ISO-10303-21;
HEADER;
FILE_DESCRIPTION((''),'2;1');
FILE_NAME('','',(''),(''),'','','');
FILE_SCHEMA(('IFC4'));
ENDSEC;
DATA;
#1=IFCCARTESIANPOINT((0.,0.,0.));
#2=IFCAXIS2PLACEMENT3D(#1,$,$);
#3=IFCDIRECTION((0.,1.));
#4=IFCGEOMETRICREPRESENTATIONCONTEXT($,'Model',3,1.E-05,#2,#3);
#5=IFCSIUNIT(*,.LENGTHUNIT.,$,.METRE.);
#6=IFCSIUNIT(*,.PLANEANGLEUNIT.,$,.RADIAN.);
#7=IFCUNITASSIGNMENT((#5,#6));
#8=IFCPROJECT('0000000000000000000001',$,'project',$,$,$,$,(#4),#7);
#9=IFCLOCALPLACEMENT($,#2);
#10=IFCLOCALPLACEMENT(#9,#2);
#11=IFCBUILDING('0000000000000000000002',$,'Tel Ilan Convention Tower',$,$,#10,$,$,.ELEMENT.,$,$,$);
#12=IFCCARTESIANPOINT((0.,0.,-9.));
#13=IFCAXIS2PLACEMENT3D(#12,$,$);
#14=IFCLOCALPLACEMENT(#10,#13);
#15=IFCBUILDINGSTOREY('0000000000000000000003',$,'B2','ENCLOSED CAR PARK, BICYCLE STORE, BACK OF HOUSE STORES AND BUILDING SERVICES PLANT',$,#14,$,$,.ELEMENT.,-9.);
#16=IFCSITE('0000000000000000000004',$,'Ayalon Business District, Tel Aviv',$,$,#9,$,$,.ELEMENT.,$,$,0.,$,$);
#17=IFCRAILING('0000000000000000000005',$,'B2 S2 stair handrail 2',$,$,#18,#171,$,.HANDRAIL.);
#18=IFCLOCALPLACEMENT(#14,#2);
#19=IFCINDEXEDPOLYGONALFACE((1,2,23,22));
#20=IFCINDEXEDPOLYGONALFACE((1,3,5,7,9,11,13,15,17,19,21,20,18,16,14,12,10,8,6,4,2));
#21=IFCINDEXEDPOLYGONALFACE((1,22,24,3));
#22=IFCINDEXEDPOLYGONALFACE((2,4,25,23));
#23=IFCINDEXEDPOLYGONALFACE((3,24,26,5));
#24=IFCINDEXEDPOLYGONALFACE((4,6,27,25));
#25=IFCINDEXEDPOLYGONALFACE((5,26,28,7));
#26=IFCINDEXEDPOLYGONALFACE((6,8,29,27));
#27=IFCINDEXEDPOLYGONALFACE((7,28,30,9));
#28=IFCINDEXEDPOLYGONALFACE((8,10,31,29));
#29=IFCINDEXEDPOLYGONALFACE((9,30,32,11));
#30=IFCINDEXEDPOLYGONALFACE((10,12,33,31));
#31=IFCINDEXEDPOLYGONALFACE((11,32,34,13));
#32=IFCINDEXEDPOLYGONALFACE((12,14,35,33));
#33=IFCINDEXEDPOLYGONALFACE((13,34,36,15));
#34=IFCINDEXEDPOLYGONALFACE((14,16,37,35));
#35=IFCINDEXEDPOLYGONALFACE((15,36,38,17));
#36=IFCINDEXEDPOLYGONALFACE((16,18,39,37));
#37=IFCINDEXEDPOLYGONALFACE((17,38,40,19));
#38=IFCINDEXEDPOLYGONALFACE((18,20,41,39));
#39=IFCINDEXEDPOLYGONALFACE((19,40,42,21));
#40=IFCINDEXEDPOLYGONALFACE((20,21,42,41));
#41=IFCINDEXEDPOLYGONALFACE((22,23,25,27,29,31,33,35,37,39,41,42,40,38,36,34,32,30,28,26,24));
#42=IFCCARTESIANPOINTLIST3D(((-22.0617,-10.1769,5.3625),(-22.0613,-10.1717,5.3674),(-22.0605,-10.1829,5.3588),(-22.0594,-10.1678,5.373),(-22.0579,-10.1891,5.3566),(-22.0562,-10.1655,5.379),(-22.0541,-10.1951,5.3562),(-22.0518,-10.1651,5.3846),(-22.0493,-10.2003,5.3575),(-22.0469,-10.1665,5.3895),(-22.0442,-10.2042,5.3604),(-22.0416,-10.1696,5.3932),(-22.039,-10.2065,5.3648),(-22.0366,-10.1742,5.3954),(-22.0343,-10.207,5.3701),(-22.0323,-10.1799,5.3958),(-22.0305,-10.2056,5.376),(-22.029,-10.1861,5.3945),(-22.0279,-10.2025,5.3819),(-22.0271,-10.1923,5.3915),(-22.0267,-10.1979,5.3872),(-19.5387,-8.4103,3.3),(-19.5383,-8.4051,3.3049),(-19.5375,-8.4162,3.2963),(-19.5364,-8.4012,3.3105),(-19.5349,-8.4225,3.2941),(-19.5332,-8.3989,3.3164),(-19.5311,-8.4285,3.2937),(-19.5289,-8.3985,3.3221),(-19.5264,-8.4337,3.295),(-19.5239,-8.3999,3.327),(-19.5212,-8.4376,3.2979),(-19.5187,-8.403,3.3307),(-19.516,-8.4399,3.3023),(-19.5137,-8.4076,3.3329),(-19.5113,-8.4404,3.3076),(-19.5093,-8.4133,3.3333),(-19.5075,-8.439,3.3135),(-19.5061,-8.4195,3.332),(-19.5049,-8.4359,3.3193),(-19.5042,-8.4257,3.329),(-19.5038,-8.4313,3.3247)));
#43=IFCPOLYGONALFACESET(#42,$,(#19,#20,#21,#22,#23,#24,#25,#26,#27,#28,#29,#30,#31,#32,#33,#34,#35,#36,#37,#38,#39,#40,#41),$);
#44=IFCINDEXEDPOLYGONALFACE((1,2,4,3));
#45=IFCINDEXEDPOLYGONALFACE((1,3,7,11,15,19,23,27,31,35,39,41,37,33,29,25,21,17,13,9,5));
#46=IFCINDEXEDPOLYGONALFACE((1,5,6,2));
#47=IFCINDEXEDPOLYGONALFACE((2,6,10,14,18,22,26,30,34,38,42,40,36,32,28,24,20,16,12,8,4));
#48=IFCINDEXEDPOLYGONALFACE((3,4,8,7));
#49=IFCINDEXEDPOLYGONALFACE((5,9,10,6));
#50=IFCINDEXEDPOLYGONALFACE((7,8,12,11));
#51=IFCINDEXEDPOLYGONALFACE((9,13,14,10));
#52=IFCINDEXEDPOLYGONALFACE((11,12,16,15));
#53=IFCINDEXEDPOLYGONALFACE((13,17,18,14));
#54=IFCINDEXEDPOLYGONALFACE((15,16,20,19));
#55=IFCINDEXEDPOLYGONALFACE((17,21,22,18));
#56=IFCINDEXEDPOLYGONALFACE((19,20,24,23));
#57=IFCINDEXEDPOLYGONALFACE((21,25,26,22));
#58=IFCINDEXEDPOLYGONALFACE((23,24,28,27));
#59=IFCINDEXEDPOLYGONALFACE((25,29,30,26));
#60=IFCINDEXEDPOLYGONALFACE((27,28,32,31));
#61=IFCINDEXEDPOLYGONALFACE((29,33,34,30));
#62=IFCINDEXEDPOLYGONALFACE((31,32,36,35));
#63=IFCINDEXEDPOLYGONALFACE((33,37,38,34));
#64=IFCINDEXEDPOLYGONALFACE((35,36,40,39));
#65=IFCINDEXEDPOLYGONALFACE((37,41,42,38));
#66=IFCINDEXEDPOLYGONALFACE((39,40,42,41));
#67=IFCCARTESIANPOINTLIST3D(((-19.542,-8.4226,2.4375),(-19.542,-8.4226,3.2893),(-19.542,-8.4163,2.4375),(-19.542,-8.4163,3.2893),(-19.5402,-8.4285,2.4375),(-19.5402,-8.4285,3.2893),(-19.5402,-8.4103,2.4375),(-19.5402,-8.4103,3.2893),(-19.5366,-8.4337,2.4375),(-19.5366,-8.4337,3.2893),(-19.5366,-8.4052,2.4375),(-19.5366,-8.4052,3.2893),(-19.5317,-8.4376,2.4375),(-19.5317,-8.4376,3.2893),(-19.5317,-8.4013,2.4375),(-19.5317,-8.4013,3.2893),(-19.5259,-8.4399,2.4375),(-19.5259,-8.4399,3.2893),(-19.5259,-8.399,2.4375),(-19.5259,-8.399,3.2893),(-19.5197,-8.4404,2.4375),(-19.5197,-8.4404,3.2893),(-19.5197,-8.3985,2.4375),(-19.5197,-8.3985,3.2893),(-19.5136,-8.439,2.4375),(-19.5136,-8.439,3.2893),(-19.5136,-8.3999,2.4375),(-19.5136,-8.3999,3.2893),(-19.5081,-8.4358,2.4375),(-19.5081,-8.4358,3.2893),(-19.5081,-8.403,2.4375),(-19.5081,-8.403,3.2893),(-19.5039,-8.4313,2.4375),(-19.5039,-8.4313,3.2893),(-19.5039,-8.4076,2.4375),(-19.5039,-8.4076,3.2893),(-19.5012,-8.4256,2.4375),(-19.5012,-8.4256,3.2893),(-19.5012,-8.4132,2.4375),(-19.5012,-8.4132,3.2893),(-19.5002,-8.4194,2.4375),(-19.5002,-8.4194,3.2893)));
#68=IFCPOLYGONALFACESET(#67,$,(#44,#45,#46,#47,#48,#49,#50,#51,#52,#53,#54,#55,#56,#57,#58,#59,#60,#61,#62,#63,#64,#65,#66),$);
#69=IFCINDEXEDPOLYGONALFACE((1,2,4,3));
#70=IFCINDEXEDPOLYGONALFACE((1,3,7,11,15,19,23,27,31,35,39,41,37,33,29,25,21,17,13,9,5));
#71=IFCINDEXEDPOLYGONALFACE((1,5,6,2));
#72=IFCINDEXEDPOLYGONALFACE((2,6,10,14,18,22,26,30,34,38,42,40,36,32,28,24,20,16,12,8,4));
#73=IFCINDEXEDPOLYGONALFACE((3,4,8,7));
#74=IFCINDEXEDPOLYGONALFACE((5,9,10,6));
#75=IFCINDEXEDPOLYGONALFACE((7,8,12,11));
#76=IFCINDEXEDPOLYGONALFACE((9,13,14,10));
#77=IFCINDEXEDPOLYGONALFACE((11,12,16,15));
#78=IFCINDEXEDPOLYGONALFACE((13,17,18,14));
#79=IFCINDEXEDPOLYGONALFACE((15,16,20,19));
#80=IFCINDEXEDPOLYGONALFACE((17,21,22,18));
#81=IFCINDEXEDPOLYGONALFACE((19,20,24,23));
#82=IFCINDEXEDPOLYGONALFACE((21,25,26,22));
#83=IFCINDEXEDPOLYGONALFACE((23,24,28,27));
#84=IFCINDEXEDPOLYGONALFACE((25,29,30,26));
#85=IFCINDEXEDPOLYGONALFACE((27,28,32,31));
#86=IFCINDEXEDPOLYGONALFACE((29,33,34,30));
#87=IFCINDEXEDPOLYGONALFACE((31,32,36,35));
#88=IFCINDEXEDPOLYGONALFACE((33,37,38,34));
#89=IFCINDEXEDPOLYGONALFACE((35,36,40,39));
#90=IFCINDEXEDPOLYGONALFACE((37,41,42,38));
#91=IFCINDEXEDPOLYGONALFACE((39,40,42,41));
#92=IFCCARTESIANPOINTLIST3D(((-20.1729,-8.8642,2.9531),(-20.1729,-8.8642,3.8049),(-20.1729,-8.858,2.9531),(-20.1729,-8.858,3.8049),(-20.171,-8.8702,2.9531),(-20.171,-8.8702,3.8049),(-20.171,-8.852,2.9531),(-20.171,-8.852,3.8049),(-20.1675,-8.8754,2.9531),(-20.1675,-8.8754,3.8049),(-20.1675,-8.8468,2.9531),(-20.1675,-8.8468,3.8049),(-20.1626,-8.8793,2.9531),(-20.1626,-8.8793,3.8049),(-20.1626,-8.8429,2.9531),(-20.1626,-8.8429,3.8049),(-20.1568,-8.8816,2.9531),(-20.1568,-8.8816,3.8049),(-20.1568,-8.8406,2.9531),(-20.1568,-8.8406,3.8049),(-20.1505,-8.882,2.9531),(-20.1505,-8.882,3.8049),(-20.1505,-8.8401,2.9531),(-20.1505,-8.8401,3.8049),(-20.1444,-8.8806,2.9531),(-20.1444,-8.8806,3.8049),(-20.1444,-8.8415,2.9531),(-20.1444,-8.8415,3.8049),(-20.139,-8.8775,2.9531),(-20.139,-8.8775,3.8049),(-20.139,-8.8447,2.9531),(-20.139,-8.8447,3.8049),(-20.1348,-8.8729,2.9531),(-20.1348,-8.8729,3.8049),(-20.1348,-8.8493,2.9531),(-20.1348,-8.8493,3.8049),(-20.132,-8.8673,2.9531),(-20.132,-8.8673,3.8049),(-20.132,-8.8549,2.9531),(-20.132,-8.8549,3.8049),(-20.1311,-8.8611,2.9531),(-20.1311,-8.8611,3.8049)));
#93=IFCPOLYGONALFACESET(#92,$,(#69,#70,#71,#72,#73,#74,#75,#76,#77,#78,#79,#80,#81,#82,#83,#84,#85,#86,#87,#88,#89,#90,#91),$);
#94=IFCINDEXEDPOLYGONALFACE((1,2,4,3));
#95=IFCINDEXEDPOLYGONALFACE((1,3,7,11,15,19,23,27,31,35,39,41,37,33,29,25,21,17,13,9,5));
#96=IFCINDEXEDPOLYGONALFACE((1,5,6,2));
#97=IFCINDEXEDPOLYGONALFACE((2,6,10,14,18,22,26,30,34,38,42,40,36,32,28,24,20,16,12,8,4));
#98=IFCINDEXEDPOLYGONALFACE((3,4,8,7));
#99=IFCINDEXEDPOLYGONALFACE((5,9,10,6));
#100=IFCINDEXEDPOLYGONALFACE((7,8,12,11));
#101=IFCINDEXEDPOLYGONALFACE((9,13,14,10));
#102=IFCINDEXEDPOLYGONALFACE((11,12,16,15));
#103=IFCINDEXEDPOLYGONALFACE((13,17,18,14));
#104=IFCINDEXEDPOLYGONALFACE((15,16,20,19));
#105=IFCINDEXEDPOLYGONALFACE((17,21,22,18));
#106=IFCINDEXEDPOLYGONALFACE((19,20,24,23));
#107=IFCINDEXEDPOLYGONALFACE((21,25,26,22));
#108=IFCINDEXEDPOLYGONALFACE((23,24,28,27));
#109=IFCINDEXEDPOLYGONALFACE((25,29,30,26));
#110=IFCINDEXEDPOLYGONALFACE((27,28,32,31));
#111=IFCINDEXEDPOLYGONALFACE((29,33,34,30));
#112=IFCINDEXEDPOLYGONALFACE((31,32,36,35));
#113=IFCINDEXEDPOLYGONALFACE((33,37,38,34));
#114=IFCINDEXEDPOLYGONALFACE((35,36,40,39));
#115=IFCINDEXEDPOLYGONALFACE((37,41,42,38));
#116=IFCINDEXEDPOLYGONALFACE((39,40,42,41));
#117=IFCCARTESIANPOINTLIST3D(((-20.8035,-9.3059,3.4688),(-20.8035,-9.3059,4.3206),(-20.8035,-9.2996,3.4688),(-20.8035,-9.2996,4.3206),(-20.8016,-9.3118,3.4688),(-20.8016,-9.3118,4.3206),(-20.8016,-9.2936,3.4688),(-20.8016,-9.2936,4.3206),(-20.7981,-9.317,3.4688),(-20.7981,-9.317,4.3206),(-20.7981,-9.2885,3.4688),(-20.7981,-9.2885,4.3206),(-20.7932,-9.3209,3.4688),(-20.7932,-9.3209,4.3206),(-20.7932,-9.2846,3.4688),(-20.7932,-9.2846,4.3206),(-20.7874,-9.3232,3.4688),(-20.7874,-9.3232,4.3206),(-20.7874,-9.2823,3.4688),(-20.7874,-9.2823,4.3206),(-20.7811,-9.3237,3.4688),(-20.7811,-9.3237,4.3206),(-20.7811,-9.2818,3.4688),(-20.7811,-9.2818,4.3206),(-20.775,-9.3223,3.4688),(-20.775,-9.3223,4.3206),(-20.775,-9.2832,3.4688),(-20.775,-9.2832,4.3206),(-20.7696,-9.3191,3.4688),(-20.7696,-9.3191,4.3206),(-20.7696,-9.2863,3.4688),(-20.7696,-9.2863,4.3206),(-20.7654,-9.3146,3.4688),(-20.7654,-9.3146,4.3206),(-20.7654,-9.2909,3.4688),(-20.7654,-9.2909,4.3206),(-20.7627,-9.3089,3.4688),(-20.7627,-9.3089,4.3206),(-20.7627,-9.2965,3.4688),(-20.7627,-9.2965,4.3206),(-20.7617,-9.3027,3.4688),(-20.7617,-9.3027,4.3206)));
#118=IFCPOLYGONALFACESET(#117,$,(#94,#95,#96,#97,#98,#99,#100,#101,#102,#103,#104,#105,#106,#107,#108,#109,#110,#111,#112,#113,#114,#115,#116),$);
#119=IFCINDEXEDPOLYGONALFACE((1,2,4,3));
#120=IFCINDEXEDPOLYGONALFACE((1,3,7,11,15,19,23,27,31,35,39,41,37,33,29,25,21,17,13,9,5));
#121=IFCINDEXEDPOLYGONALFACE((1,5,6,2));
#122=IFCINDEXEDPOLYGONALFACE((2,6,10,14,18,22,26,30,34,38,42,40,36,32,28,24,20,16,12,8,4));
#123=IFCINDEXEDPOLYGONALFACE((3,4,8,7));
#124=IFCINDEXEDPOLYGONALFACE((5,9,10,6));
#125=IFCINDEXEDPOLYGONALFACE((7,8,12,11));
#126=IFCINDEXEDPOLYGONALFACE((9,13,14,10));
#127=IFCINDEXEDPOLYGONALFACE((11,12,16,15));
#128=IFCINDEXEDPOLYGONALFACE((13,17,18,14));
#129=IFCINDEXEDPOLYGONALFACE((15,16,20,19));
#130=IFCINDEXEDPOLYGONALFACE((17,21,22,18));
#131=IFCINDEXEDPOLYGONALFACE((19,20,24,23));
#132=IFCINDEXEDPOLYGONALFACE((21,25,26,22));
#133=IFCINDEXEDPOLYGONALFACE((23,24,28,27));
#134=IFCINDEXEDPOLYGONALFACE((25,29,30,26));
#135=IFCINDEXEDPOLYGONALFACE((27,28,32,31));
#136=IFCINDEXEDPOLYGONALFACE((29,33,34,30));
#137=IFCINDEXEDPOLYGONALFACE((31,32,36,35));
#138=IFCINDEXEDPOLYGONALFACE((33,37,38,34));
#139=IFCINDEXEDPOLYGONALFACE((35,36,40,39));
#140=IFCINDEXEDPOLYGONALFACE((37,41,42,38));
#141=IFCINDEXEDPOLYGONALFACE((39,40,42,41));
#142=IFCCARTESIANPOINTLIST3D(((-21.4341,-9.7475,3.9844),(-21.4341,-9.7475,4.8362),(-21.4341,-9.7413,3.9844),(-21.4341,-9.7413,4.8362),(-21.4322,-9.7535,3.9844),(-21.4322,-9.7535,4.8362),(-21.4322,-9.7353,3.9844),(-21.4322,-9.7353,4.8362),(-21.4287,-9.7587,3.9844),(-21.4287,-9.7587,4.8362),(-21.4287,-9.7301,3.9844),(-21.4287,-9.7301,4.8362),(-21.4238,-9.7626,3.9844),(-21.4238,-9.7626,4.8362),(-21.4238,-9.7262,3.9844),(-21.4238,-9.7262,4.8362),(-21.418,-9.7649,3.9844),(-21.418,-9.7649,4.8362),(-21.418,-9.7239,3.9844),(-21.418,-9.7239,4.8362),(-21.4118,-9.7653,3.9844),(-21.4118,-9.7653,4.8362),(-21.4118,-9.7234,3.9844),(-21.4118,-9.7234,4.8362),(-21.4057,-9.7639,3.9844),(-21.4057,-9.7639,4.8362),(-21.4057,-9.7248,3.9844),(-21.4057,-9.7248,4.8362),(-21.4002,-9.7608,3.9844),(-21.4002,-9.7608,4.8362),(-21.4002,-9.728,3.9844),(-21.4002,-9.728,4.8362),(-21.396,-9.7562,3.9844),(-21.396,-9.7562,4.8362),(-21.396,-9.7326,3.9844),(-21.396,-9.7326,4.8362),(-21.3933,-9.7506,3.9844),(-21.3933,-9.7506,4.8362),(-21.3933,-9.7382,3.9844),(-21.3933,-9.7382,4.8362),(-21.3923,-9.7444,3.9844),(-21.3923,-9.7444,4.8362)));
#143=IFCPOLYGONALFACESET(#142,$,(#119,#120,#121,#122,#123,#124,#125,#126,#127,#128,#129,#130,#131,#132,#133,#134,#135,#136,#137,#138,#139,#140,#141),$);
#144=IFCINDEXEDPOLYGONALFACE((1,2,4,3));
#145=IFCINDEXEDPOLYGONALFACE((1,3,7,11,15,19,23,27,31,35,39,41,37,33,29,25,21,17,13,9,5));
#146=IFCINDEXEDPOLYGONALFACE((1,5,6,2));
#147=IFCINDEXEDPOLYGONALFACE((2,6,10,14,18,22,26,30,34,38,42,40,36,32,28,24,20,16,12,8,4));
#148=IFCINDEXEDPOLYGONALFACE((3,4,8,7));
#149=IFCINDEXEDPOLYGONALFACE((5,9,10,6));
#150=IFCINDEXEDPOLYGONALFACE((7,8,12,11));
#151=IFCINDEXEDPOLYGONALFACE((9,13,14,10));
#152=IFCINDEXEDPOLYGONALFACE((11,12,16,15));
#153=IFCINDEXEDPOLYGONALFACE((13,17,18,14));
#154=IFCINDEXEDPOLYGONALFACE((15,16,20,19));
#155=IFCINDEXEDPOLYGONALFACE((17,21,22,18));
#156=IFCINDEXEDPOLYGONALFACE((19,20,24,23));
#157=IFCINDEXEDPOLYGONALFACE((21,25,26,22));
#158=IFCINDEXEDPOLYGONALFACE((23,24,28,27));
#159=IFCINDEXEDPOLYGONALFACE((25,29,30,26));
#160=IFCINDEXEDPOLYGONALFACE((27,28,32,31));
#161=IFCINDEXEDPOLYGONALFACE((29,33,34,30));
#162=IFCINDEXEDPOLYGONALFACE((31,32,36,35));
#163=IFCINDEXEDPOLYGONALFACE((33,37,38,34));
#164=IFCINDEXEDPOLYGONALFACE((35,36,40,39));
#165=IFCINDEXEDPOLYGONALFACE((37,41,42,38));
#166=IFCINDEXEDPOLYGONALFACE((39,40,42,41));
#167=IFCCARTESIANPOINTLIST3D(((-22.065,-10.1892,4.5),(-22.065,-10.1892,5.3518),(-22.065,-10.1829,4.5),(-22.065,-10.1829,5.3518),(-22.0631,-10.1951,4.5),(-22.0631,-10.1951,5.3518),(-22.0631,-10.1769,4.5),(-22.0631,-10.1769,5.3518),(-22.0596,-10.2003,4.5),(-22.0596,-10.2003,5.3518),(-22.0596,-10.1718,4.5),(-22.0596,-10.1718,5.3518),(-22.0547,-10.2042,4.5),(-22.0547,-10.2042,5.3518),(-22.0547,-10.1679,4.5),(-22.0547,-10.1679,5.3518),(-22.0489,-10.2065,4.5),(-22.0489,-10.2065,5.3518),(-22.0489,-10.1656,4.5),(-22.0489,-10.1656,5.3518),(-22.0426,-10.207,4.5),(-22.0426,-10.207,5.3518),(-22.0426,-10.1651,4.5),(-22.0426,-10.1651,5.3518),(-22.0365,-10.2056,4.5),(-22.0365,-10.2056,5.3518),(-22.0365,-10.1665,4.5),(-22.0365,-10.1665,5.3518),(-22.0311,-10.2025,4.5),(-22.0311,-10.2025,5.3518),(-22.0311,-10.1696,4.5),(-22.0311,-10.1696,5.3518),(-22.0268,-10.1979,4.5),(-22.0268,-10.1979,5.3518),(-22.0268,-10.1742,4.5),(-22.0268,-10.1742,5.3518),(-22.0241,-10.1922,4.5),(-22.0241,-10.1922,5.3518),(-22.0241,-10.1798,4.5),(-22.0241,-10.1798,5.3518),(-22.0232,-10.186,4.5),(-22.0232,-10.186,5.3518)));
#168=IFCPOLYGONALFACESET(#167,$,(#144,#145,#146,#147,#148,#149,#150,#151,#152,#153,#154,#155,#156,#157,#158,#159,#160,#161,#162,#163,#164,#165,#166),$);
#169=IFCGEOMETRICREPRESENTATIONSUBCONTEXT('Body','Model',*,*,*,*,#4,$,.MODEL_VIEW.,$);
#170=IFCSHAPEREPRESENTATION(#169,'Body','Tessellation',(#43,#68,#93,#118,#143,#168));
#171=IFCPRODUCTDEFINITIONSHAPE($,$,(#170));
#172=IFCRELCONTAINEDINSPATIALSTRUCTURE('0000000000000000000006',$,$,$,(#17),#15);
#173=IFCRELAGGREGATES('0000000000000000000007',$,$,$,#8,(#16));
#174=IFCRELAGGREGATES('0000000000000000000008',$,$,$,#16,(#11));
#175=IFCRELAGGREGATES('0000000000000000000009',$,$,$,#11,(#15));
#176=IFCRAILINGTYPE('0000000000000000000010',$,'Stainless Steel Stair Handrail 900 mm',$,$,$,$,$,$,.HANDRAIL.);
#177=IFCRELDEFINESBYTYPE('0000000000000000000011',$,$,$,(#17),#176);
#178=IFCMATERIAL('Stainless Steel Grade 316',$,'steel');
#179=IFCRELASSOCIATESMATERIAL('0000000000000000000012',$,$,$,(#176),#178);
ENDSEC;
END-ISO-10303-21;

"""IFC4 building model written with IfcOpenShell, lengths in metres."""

from ifc_helpers import new_model, si_unit, direction, frame, origin, origin_2d, place, context, subcontext, project, spatial, circle, extrude, material, type_object, element, save


model = new_model("IFC4")

# Units and contexts
model_context = context("Model", 3, precision=1e-05, world=origin(), true_north=direction((0.0, 1.0)))
body_context = subcontext(model_context, "Body", "Model", "MODEL_VIEW")
ifc_project = project(units=[si_unit("LENGTHUNIT", "METRE"), si_unit("PLANEANGLEUNIT", "RADIAN")], contexts=[model_context])

# Site, building, storey
site_placement = place(None, origin())
site = spatial("IfcSite", under=ifc_project, at=site_placement, Name="Ayalon Business District, Tel Aviv", CompositionType="ELEMENT", RefElevation=0.0)
building_placement = place(site_placement, origin())
building = spatial("IfcBuilding", under=site, at=building_placement, Name="Tel Ilan Convention Tower", CompositionType="ELEMENT")
storey_placement = place(building_placement, frame((0.0, 0.0, -9.0)))
storey = spatial("IfcBuildingStorey", under=building, at=storey_placement, Name="B2", Description="ENCLOSED CAR PARK, BICYCLE STORE, BACK OF HOUSE STORES AND BUILDING SERVICES PLANT", CompositionType="ELEMENT", Elevation=-9.0)

# Railing
ifc_material_1 = material(Name="Stainless Steel Grade 316", Category="steel")
railing_type_1 = type_object("IfcRailingType", Name="Stainless Steel Stair Handrail 900 mm", PredefinedType="HANDRAIL", material=ifc_material_1)
railing_1_placement = place(storey_placement, frame((-19.5212, -8.4194, 2.4375)))
element("IfcRailing", 1, at=railing_1_placement, inside=storey, type_object=railing_type_1, Name="B2 S2 stair handrail 2", PredefinedType="HANDRAIL", context=body_context, shape_type="SweptSolid", body=[
    extrude(circle(Radius=0.0239, at=origin_2d()), frame((0.0, 0.0, 0.876), z_axis=(-0.680635, -0.476589, 0.556416), x_axis=(0.573579, -0.81915, 0.0)), (0.0, 0.0, 1.0), 3.7068),
    extrude(circle(Radius=0.021, at=origin_2d()), origin(), (0.0, 0.0, 1.0), 0.8518),
    extrude(circle(Radius=0.021, at=origin_2d()), frame((-0.6309, -0.4417, 0.5156)), (0.0, 0.0, 1.0), 0.8518),
    extrude(circle(Radius=0.021, at=origin_2d()), frame((-1.2615, -0.8833, 1.0312)), (0.0, 0.0, 1.0), 0.8518),
    extrude(circle(Radius=0.021, at=origin_2d()), frame((-1.8921, -1.325, 1.5469)), (0.0, 0.0, 1.0), 0.8518),
    extrude(circle(Radius=0.021, at=origin_2d()), frame((-2.5229, -1.7666, 2.0625)), (0.0, 0.0, 1.0), 0.8518),
])

save(model, "model.ifc")
